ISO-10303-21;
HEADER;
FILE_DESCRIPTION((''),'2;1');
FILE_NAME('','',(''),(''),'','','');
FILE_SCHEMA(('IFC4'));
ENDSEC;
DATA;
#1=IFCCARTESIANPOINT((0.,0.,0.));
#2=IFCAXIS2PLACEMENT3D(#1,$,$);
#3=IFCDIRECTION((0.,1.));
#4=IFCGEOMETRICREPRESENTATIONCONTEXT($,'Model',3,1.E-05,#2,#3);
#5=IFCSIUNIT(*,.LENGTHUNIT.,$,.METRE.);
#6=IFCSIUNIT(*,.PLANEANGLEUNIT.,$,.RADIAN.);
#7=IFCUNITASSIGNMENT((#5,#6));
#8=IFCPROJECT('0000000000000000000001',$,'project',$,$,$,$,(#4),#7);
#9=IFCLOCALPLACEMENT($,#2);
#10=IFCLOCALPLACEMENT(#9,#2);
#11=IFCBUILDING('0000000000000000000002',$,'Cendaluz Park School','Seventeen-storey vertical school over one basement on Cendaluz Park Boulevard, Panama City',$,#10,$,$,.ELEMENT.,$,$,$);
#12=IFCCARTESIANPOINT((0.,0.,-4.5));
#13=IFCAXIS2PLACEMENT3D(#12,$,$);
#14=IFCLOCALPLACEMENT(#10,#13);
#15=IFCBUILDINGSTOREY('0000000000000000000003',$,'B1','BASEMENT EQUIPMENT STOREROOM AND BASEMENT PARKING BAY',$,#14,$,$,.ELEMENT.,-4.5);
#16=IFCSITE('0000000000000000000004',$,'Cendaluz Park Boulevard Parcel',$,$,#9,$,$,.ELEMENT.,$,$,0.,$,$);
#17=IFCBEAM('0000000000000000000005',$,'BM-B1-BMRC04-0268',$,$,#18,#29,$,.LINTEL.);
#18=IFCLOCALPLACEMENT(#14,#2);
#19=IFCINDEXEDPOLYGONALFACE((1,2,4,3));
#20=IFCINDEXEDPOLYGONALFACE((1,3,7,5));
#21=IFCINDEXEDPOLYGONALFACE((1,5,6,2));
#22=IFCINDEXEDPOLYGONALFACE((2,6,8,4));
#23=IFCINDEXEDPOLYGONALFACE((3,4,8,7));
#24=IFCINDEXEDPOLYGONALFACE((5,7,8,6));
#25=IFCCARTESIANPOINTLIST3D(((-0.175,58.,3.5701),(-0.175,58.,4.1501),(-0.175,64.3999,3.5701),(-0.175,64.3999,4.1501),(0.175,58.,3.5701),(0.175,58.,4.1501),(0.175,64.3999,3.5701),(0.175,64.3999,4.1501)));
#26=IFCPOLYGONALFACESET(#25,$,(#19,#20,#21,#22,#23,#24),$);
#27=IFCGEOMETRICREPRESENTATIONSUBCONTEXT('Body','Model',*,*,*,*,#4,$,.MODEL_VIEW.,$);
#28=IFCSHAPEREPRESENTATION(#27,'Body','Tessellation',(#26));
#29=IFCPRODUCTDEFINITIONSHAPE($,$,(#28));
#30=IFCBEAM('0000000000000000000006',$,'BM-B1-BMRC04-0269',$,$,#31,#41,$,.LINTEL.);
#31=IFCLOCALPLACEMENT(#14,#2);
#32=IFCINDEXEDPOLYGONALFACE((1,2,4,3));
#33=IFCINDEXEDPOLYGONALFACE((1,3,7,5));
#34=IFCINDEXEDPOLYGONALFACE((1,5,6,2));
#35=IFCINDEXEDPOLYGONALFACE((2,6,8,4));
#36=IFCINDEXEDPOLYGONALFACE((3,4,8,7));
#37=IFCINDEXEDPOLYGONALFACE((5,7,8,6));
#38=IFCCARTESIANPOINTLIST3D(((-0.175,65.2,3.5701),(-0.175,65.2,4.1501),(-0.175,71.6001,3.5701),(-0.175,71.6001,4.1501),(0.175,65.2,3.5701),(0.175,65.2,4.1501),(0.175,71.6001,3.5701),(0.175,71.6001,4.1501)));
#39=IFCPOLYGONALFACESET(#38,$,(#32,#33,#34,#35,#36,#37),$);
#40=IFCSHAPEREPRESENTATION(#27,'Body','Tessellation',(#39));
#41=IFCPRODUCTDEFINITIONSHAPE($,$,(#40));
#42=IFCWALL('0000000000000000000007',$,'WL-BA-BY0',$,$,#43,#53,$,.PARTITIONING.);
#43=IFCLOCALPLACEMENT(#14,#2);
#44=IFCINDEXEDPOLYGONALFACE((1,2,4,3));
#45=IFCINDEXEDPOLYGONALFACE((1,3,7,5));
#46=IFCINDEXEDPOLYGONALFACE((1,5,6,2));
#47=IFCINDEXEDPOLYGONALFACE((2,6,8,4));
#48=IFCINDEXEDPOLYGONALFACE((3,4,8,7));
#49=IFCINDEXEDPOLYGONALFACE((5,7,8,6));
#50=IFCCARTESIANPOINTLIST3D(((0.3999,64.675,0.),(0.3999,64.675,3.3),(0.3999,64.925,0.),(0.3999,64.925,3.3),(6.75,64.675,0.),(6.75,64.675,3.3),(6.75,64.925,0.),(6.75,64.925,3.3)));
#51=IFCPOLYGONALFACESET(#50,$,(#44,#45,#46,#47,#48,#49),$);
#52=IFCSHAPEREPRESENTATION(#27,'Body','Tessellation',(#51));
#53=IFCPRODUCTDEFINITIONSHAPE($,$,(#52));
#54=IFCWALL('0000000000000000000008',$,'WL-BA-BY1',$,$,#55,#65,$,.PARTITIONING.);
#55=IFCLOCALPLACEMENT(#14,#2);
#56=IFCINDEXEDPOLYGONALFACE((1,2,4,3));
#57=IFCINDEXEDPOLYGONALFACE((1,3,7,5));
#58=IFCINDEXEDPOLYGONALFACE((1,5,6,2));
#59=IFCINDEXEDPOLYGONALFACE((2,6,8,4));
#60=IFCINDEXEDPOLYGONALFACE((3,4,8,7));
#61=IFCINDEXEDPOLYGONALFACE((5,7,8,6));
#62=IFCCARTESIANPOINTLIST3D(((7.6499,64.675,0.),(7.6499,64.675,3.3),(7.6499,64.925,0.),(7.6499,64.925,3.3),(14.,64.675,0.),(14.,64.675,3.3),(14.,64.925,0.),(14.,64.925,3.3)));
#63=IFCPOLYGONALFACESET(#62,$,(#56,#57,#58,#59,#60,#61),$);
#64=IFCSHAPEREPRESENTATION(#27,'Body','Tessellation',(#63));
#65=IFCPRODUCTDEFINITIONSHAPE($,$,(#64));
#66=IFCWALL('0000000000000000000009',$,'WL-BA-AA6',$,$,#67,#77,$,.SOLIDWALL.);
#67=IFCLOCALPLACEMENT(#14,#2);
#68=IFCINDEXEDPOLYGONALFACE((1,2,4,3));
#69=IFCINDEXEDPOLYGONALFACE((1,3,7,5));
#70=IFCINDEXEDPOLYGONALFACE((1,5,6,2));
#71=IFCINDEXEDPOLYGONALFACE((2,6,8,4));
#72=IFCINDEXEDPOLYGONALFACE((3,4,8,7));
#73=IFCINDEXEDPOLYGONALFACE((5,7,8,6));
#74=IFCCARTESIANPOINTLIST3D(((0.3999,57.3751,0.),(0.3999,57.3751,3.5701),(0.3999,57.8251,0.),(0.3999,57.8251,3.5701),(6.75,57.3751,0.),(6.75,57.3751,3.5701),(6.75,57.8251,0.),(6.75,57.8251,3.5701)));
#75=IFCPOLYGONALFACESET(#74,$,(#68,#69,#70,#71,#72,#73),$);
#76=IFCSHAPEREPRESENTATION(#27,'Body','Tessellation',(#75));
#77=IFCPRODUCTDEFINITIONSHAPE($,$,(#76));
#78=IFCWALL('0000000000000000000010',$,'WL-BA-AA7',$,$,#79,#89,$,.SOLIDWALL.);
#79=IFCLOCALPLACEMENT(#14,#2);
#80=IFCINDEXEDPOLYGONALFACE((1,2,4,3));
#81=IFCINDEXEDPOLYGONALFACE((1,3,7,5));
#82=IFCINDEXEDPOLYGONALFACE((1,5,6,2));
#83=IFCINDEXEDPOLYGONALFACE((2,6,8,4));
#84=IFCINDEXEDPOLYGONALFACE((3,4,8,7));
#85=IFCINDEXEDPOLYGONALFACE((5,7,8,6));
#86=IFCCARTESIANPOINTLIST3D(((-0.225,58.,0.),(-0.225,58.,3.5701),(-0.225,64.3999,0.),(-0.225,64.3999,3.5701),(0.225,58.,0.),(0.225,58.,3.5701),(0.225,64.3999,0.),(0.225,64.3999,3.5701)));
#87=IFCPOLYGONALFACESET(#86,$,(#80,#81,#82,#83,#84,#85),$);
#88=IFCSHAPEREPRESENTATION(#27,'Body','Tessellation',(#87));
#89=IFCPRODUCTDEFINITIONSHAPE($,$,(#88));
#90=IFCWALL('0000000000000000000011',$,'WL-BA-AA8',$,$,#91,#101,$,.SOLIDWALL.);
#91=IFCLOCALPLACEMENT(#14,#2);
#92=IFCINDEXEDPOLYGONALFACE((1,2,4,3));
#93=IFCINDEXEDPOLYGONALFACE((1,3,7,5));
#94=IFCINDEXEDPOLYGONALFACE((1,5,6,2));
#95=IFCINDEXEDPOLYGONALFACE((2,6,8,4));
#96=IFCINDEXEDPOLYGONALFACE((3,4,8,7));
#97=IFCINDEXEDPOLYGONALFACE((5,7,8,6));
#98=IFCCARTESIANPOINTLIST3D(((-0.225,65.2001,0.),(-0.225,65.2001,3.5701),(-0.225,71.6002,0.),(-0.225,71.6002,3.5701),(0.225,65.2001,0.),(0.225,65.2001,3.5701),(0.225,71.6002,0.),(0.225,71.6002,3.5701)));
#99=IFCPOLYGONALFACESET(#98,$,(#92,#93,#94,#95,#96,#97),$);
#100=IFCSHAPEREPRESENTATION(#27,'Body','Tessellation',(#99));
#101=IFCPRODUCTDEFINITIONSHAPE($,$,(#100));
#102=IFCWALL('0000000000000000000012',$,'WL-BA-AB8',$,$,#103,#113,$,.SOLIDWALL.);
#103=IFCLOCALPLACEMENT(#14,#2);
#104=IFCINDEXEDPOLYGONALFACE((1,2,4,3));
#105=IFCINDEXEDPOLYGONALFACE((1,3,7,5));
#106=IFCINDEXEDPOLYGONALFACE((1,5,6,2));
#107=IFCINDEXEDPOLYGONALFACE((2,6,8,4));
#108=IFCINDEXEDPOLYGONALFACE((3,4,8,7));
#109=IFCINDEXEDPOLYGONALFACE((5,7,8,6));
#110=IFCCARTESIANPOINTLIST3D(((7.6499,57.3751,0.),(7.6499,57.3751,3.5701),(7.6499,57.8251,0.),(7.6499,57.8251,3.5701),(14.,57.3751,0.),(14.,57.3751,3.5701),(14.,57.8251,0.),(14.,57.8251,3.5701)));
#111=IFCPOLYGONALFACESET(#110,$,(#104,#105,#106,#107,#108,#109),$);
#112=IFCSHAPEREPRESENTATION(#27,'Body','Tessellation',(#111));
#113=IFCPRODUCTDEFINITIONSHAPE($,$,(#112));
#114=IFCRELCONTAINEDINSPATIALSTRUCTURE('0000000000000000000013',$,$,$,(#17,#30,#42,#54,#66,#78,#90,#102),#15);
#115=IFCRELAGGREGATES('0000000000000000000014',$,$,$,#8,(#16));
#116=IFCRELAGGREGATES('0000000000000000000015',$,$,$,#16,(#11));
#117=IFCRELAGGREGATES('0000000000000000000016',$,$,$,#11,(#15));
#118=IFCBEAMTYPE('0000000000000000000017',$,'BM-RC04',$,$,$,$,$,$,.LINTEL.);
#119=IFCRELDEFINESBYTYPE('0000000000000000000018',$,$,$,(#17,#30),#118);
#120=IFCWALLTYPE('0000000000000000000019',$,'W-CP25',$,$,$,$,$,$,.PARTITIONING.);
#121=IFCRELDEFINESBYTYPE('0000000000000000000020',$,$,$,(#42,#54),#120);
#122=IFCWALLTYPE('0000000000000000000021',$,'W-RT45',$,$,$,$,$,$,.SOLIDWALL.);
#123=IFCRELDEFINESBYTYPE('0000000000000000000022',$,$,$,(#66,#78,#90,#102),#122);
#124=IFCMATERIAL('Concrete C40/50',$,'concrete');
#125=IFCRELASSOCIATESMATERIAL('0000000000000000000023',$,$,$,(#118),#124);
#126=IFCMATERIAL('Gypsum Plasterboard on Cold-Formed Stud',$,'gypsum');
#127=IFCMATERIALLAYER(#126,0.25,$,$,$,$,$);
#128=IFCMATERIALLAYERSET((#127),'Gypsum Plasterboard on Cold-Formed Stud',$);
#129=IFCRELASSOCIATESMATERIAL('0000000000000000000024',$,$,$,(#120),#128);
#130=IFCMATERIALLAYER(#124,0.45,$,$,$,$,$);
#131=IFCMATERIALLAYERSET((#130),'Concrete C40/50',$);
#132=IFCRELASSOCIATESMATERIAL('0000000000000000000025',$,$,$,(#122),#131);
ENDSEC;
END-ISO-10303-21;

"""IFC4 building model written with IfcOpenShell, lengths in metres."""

from ifc_helpers import new_model, si_unit, direction, frame, frame_2d, origin, origin_2d, place, context, subcontext, project, spatial, rectangle, extrude, material, layer, layer_set, material_profile, profile_set, type_object, element, save


model = new_model("IFC4")

# Units and contexts
model_context = context("Model", 3, precision=1e-05, world=origin(), true_north=direction((0.0, 1.0)))
body_context = subcontext(model_context, "Body", "Model", "MODEL_VIEW")
ifc_project = project(units=[si_unit("LENGTHUNIT", "METRE"), si_unit("PLANEANGLEUNIT", "RADIAN")], contexts=[model_context])

# Site, building, storey
site_placement = place(None, origin())
site = spatial("IfcSite", under=ifc_project, at=site_placement, Name="Cendaluz Park Boulevard Parcel", CompositionType="ELEMENT", RefElevation=0.0)
building_placement = place(site_placement, origin())
building = spatial("IfcBuilding", under=site, at=building_placement, Name="Cendaluz Park School", Description="Seventeen-storey vertical school over one basement on Cendaluz Park Boulevard, Panama City", CompositionType="ELEMENT")
storey_placement = place(building_placement, frame((0.0, 0.0, -4.5)))
storey = spatial("IfcBuildingStorey", under=building, at=storey_placement, Name="B1", Description="BASEMENT EQUIPMENT STOREROOM AND BASEMENT PARKING BAY", CompositionType="ELEMENT", Elevation=-4.5)

# Shared definitions
ifc_material_1 = material(Name="Concrete C40/50", Category="concrete")

# Beams
ifc_material_profile_1 = material_profile(ifc_material_1, rectangle(XDim=0.3501, YDim=0.5801, at=origin_2d()), Name="RC 350x580", Category="concrete")
ifc_profile_set_1 = profile_set([ifc_material_profile_1], Name="Concrete C40/50")
beam_type_1 = type_object("IfcBeamType", Name="BM-RC04", PredefinedType="LINTEL", material=ifc_profile_set_1)
beam_1_placement = place(storey_placement, frame((0.0, 58.0, 3.8601), z_axis=(0.0, 1.0, 0.0), x_axis=(-1.0, 0.0, 0.0)))
element("IfcBeam", 1, at=beam_1_placement, inside=storey, type_object=beam_type_1, Name="BM-B1-BMRC04-0268", PredefinedType="LINTEL", context=body_context, shape_type="SweptSolid", body=[
    extrude(rectangle(XDim=0.3501, YDim=0.5801, at=origin_2d()), origin(), (0.0, 0.0, 1.0), 6.3999),
])
beam_2_placement = place(storey_placement, frame((0.0, 65.2, 3.8601), z_axis=(0.0, 1.0, 0.0), x_axis=(-1.0, 0.0, 0.0)))
element("IfcBeam", 2, at=beam_2_placement, inside=storey, type_object=beam_type_1, Name="BM-B1-BMRC04-0269", PredefinedType="LINTEL", context=body_context, shape_type="SweptSolid", body=[
    extrude(rectangle(XDim=0.3501, YDim=0.5801, at=origin_2d()), origin(), (0.0, 0.0, 1.0), 6.4001),
])

# Walls
ifc_material_2 = material(Name="Gypsum Plasterboard on Cold-Formed Stud", Category="gypsum")
ifc_layer_1 = layer(ifc_material_2, 0.25)
ifc_layer_set_1 = layer_set([ifc_layer_1], Name="Gypsum Plasterboard on Cold-Formed Stud")
wall_type_1 = type_object("IfcWallType", Name="W-CP25", PredefinedType="PARTITIONING", material=ifc_layer_set_1)
for number, where, z_axis, x_axis, name in (
    (3, (0.3999, 64.8, 0.0), (0.0, 0.0, 1.0), (1.0, 0.0, 0.0), "WL-BA-BY0"),
    (4, (7.6499, 64.8, 0.0), (0.0, 0.0, 1.0), (1.0, 0.0, 0.0), "WL-BA-BY1"),
):
    element("IfcWall", number, at=place(storey_placement, frame(where, z_axis=z_axis, x_axis=x_axis)), inside=storey, type_object=wall_type_1, Name=name, PredefinedType="PARTITIONING", context=body_context, shape_type="SweptSolid", body=[
        extrude(rectangle(XDim=6.3501, YDim=0.25, at=frame_2d((3.175, 0.0))), origin(), (0.0, 0.0, 1.0), 3.3),
    ])
ifc_layer_2 = layer(ifc_material_1, 0.45)
ifc_layer_set_2 = layer_set([ifc_layer_2], Name="Concrete C40/50")
wall_type_2 = type_object("IfcWallType", Name="W-RT45", PredefinedType="SOLIDWALL", material=ifc_layer_set_2)
wall_1_placement = place(storey_placement, frame((0.3999, 57.6001, 0.0), z_axis=(0.0, 0.0, 1.0), x_axis=(1.0, 0.0, 0.0)))
element("IfcWall", 5, at=wall_1_placement, inside=storey, type_object=wall_type_2, Name="WL-BA-AA6", PredefinedType="SOLIDWALL", context=body_context, shape_type="SweptSolid", body=[
    extrude(rectangle(XDim=6.3501, YDim=0.45, at=frame_2d((3.175, 0.0))), origin(), (0.0, 0.0, 1.0), 3.5701),
])
wall_2_placement = place(storey_placement, frame((0.0, 58.0, 0.0), z_axis=(0.0, 0.0, 1.0), x_axis=(0.0, 1.0, 0.0)))
element("IfcWall", 6, at=wall_2_placement, inside=storey, type_object=wall_type_2, Name="WL-BA-AA7", PredefinedType="SOLIDWALL", context=body_context, shape_type="SweptSolid", body=[
    extrude(rectangle(XDim=6.3999, YDim=0.45, at=frame_2d((3.2, 0.0))), origin(), (0.0, 0.0, 1.0), 3.5701),
])
wall_3_placement = place(storey_placement, frame((0.0, 65.2, 0.0), z_axis=(0.0, 0.0, 1.0), x_axis=(0.0, 1.0, 0.0)))
element("IfcWall", 7, at=wall_3_placement, inside=storey, type_object=wall_type_2, Name="WL-BA-AA8", PredefinedType="SOLIDWALL", context=body_context, shape_type="SweptSolid", body=[
    extrude(rectangle(XDim=6.4001, YDim=0.45, at=frame_2d((3.2002, 0.0))), origin(), (0.0, 0.0, 1.0), 3.5701),
])
wall_4_placement = place(storey_placement, frame((7.6499, 57.6001, 0.0), z_axis=(0.0, 0.0, 1.0), x_axis=(1.0, 0.0, 0.0)))
element("IfcWall", 8, at=wall_4_placement, inside=storey, type_object=wall_type_2, Name="WL-BA-AB8", PredefinedType="SOLIDWALL", context=body_context, shape_type="SweptSolid", body=[
    extrude(rectangle(XDim=6.3501, YDim=0.45, at=frame_2d((3.175, 0.0))), origin(), (0.0, 0.0, 1.0), 3.5701),
])

save(model, "model.ifc")
